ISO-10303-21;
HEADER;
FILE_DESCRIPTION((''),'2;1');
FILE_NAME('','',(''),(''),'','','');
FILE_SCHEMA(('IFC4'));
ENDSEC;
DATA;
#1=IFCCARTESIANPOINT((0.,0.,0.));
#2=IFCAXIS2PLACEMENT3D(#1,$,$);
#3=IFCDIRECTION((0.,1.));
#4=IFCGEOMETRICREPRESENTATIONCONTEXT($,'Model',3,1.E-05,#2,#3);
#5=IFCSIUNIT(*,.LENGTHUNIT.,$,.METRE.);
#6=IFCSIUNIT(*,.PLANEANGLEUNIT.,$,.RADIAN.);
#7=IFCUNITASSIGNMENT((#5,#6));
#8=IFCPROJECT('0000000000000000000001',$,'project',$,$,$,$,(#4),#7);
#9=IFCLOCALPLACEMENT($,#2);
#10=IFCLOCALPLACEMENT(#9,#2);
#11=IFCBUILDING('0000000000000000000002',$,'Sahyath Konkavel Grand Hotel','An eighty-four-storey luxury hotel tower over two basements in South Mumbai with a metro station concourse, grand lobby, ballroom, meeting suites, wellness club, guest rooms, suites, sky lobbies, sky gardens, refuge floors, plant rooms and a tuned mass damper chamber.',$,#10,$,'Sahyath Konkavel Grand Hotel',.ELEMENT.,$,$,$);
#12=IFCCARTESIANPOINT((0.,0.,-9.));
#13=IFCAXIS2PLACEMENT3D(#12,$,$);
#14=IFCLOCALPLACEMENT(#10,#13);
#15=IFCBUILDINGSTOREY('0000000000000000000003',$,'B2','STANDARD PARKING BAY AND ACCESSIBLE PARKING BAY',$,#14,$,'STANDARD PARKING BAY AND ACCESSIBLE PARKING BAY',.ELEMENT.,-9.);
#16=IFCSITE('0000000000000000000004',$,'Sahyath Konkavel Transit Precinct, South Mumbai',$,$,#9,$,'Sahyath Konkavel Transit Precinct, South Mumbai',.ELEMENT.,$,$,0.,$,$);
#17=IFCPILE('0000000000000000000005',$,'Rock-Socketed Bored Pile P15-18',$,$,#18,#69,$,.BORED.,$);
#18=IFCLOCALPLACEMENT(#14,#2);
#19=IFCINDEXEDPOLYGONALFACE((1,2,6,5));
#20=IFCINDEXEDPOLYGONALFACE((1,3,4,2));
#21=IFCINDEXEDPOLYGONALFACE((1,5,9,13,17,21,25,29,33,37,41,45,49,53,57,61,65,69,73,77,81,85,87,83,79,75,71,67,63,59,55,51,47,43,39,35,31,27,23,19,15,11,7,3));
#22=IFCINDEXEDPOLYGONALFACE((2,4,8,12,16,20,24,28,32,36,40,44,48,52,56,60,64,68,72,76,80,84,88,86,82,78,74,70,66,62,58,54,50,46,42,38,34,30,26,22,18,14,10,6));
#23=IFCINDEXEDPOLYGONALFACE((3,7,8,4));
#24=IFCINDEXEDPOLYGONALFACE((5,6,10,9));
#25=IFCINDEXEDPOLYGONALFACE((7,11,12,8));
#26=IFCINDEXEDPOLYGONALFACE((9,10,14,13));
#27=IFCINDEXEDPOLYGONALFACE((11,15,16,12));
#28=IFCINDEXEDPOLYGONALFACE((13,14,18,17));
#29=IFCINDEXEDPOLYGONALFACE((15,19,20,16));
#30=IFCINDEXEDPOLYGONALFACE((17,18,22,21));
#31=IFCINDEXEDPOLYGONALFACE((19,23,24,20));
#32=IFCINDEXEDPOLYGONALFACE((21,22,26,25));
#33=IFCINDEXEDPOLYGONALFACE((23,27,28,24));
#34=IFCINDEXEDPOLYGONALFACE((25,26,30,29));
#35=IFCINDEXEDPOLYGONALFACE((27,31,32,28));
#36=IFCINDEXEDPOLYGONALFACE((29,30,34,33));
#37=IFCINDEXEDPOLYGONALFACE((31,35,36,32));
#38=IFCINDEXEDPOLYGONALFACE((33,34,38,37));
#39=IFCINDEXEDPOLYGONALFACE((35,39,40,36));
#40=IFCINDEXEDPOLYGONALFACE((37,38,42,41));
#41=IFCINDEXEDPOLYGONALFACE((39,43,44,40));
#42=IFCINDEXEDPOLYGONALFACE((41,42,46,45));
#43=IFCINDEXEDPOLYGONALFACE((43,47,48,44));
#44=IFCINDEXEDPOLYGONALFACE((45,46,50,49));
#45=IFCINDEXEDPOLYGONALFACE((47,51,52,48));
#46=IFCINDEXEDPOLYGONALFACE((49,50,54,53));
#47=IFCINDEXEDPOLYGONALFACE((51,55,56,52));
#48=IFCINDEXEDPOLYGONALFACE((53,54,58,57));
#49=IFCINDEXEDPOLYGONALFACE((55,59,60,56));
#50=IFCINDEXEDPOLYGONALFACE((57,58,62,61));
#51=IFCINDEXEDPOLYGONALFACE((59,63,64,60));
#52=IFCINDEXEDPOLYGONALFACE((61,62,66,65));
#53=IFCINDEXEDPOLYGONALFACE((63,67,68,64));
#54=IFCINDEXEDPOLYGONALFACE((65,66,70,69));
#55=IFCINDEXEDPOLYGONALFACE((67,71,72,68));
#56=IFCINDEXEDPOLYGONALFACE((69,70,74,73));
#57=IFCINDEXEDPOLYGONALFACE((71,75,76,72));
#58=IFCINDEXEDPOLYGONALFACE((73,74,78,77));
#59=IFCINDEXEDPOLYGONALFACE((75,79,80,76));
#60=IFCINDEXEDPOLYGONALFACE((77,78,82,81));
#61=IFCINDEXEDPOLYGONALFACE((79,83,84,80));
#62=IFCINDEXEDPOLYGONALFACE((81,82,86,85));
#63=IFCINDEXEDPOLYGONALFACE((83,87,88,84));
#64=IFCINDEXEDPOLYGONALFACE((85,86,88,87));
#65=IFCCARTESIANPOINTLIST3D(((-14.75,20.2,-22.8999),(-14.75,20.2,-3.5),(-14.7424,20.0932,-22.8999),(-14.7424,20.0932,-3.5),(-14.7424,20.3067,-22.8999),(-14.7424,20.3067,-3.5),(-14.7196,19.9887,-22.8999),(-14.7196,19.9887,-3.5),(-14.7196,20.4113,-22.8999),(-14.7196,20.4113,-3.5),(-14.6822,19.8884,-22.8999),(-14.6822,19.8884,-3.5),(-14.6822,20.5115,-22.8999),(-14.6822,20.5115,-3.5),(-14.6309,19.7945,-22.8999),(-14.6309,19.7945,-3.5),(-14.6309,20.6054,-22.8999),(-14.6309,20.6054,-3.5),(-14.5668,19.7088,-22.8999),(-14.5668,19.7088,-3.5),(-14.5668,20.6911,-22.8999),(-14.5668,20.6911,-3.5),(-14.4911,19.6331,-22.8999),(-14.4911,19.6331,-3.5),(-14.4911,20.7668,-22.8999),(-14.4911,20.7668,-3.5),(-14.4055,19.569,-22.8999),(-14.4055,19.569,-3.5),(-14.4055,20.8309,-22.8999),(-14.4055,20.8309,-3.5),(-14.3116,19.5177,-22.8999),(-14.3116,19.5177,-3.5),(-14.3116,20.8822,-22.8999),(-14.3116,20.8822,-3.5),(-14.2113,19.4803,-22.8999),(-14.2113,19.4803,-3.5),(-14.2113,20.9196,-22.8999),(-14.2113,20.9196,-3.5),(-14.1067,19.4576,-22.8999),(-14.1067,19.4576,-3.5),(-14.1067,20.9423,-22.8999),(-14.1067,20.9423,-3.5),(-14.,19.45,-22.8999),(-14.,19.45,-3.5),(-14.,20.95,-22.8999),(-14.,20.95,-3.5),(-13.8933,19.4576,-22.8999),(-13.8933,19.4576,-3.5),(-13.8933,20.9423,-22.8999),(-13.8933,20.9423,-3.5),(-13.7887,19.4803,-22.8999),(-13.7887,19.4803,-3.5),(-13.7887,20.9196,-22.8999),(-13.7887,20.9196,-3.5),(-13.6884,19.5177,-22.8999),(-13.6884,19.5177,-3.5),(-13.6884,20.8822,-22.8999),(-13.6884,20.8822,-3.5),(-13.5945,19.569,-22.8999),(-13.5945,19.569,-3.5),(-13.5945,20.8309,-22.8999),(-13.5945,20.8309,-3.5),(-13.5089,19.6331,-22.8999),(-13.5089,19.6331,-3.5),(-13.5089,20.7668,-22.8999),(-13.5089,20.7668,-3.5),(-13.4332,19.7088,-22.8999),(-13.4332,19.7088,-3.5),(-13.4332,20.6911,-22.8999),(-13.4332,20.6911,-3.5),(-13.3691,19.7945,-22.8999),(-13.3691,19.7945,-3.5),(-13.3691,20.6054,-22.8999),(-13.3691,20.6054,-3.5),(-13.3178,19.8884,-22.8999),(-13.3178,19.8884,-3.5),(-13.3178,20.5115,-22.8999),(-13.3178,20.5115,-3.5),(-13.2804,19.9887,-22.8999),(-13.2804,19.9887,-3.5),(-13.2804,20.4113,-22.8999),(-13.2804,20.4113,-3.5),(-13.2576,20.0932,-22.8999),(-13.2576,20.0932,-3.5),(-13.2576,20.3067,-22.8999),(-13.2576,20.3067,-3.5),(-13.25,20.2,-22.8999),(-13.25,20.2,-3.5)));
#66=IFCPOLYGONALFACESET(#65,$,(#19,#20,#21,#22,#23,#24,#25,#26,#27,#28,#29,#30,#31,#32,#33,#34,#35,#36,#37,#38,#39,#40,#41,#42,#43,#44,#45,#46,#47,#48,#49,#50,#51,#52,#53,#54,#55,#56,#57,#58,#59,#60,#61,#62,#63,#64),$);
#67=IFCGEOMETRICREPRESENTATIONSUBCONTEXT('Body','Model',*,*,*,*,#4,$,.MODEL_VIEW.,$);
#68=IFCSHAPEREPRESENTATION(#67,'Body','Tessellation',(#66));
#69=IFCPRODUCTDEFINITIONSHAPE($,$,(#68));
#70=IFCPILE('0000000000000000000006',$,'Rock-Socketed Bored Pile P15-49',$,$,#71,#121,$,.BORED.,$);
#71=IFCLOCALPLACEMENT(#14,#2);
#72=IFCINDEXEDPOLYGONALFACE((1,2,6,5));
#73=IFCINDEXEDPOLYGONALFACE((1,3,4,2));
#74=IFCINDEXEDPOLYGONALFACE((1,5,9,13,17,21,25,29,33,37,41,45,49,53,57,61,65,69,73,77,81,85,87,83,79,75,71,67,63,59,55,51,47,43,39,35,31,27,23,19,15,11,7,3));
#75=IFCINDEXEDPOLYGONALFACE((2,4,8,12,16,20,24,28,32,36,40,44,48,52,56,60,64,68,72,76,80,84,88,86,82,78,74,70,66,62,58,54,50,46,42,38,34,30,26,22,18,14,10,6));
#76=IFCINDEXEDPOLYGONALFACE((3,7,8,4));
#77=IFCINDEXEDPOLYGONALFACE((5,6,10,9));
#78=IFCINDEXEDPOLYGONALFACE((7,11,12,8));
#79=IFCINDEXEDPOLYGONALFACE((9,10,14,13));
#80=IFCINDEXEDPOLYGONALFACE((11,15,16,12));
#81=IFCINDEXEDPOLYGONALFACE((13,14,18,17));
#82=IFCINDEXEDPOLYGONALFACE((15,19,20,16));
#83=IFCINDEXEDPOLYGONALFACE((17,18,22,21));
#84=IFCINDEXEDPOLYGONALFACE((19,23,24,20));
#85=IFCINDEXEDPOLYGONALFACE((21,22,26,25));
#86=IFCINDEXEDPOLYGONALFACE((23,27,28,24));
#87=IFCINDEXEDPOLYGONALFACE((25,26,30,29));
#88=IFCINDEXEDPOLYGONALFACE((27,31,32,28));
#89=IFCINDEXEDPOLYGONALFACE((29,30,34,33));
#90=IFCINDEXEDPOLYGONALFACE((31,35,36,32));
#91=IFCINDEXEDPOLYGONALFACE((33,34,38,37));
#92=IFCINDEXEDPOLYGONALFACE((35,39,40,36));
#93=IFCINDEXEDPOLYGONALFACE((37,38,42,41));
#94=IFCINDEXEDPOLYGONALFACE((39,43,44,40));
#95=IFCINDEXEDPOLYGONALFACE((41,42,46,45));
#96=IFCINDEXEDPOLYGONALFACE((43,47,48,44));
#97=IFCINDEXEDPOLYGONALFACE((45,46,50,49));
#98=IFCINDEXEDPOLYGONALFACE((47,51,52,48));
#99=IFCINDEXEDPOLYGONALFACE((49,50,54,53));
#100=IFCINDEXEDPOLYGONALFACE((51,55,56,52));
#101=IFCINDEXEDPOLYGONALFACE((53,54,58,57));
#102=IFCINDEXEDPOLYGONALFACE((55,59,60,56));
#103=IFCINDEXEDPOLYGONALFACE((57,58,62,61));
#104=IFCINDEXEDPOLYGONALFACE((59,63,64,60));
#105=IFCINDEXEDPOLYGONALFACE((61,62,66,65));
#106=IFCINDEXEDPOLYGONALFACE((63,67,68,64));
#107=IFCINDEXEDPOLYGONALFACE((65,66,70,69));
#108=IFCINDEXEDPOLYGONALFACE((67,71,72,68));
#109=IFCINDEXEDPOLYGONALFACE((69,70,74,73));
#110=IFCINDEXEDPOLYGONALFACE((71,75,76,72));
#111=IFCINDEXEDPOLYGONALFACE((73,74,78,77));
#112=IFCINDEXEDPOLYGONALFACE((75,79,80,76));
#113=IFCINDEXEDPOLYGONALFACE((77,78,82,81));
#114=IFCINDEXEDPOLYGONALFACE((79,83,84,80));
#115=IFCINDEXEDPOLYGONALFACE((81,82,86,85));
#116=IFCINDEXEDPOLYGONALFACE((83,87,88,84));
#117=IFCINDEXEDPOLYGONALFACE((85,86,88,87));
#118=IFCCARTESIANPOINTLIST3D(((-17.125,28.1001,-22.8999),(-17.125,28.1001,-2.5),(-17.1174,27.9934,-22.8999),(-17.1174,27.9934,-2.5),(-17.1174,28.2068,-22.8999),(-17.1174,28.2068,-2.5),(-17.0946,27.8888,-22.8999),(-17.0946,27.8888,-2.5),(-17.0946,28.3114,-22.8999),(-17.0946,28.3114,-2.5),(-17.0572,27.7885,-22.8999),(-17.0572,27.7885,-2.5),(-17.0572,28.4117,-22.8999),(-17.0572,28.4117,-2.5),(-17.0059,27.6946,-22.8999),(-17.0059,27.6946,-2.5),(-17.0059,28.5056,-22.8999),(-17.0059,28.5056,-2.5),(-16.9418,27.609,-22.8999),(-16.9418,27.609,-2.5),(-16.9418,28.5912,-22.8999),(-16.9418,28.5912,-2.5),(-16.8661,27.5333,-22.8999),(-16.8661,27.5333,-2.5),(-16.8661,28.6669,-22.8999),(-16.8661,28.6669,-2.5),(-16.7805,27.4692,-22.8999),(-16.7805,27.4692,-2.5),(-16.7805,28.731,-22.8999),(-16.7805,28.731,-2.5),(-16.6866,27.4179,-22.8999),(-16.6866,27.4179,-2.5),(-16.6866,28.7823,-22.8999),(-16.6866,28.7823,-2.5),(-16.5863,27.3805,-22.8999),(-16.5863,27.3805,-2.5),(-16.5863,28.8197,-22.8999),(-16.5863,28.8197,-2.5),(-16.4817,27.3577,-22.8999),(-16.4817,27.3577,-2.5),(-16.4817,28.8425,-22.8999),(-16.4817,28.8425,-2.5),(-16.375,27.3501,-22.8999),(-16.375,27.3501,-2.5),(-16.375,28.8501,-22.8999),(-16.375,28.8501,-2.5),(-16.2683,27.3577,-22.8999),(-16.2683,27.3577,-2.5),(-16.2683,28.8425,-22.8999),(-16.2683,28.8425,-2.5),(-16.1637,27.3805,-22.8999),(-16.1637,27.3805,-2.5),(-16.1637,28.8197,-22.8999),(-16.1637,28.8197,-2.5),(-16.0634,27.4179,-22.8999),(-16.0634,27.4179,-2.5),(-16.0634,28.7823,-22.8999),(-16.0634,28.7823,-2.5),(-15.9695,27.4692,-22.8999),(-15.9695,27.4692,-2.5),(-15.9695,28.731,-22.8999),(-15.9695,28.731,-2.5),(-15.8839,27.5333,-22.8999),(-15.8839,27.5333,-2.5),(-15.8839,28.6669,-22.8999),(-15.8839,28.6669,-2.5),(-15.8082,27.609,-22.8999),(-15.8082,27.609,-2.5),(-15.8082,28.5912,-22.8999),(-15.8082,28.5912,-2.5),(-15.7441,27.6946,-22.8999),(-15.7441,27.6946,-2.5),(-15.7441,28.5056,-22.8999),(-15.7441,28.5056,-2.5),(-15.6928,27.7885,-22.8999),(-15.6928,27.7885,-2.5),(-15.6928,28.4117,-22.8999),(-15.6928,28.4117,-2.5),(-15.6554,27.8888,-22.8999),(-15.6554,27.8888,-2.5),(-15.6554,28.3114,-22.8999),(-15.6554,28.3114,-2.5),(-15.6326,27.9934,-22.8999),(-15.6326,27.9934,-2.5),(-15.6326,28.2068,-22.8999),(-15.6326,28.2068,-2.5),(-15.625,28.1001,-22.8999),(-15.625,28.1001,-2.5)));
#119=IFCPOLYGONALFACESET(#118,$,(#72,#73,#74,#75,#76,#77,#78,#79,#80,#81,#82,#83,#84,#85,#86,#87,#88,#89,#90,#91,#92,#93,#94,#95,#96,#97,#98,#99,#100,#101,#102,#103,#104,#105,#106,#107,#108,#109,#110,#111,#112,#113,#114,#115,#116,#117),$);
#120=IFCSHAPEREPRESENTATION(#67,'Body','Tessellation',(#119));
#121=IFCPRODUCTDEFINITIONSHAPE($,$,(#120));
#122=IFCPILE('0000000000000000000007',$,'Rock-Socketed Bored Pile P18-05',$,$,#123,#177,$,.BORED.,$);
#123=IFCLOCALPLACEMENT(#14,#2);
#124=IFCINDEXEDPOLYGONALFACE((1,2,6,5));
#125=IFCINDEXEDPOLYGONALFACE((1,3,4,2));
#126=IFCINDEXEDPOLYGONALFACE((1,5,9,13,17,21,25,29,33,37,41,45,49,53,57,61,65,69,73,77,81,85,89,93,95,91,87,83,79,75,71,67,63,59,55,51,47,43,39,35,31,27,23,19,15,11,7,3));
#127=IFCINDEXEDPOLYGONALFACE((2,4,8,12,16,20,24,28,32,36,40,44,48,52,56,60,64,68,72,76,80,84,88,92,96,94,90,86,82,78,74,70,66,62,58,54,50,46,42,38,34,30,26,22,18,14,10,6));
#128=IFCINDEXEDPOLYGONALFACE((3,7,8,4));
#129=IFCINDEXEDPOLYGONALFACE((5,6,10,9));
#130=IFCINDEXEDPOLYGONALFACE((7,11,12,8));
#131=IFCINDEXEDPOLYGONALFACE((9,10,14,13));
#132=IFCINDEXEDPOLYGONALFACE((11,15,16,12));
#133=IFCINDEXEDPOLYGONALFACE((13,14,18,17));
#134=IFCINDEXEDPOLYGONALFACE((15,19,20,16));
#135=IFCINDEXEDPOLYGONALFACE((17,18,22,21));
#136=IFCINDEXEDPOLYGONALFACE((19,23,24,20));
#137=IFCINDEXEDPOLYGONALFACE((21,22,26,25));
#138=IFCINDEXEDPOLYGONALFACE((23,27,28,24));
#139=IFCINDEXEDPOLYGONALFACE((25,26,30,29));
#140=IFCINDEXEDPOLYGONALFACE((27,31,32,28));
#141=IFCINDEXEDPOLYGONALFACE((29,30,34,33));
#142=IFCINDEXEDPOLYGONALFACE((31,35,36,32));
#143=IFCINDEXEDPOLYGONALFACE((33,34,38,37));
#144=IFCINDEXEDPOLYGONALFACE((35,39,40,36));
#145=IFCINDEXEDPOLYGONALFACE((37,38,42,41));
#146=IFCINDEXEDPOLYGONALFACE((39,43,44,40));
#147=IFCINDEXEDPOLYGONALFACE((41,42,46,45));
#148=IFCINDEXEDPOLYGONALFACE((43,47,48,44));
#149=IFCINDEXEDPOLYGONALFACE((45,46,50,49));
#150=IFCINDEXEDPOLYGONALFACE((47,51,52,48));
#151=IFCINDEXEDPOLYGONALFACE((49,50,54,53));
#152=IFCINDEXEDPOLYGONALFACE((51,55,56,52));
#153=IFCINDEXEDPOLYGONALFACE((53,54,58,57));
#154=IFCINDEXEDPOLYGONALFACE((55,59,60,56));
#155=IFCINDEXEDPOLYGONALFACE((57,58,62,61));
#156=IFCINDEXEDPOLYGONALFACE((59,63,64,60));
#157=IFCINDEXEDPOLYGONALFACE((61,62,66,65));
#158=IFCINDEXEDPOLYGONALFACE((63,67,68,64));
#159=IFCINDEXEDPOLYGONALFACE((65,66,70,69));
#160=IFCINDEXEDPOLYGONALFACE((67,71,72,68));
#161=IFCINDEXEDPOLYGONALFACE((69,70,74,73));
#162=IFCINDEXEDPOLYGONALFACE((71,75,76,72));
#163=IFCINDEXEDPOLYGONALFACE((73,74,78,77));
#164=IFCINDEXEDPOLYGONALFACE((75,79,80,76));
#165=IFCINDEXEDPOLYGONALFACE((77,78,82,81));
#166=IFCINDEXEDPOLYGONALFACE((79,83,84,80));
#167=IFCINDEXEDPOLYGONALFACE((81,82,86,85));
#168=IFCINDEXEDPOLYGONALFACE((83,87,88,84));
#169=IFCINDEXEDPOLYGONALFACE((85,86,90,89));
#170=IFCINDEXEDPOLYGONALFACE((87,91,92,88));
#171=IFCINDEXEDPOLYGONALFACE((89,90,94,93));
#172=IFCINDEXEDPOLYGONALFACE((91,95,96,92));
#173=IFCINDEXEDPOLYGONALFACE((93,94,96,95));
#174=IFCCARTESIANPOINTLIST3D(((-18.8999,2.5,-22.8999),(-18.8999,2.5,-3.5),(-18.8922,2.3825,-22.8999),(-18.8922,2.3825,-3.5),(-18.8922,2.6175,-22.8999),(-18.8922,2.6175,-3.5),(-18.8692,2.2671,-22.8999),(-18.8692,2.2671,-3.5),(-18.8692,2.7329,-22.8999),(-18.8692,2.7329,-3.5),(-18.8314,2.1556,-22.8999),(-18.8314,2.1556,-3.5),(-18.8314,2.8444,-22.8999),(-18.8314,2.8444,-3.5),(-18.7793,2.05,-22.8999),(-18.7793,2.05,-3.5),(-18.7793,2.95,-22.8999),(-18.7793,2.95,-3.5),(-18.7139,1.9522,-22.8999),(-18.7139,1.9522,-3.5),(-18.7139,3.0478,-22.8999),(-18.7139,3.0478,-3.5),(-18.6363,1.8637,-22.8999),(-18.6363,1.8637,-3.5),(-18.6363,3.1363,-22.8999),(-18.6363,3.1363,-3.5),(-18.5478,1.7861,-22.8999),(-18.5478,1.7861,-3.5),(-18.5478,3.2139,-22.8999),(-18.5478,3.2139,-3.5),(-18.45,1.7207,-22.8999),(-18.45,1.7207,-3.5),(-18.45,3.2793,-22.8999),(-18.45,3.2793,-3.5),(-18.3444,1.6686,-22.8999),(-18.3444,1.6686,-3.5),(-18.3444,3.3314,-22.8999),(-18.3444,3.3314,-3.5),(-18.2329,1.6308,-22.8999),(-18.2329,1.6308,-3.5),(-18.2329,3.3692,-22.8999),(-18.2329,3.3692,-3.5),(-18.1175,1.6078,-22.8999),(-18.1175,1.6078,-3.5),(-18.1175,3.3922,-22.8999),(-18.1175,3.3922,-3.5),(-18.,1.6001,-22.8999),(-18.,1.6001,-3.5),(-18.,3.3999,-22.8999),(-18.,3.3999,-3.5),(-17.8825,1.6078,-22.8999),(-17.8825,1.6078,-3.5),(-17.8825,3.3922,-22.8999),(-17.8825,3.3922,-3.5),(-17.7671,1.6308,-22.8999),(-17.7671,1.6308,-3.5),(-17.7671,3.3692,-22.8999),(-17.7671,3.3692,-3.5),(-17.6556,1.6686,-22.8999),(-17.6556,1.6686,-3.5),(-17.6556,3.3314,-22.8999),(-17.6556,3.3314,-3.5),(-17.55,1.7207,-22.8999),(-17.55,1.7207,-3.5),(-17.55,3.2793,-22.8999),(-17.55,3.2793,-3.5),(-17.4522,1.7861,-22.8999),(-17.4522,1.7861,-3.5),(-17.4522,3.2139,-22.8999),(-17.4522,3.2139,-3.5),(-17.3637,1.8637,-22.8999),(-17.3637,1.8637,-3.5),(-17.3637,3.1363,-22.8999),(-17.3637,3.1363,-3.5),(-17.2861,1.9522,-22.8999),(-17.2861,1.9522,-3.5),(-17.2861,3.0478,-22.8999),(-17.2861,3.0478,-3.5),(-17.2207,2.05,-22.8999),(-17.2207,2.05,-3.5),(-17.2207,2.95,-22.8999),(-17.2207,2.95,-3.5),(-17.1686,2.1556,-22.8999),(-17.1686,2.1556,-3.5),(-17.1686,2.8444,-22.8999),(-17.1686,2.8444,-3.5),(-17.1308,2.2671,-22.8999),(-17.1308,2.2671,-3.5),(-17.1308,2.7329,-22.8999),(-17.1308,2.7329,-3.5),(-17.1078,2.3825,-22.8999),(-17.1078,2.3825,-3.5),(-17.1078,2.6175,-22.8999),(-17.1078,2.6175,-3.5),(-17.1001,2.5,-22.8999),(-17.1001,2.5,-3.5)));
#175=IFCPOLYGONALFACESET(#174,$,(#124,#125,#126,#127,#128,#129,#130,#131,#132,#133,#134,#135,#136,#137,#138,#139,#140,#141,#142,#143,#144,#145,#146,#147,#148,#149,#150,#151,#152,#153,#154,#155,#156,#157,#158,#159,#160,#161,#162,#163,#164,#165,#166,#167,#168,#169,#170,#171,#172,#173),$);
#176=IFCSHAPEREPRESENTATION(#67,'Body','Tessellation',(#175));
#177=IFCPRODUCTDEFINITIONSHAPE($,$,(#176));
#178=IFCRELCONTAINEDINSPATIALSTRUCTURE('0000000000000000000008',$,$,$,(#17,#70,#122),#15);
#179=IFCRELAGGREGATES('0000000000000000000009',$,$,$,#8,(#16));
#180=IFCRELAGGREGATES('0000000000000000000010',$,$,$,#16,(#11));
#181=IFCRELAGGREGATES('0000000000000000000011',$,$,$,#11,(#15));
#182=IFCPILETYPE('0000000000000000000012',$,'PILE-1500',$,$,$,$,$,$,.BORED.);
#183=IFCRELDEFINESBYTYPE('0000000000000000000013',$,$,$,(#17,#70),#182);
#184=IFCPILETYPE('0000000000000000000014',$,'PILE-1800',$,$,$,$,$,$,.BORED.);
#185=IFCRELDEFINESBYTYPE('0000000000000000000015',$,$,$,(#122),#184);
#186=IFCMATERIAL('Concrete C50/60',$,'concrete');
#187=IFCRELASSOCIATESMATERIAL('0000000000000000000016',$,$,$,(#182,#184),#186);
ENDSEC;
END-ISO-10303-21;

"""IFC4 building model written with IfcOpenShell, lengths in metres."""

from ifc_helpers import new_model, si_unit, direction, frame, origin, origin_2d, place, context, subcontext, project, spatial, circle, extrude, material, material_profile, profile_set, type_object, element, save


model = new_model("IFC4")

# Units and contexts
model_context = context("Model", 3, precision=1e-05, world=origin(), true_north=direction((0.0, 1.0)))
body_context = subcontext(model_context, "Body", "Model", "MODEL_VIEW")
ifc_project = project(units=[si_unit("LENGTHUNIT", "METRE"), si_unit("PLANEANGLEUNIT", "RADIAN")], contexts=[model_context])

# Site, building, storey
site_placement = place(None, origin())
site = spatial("IfcSite", under=ifc_project, at=site_placement, Name="Sahyath Konkavel Transit Precinct, South Mumbai", LongName="Sahyath Konkavel Transit Precinct, South Mumbai", CompositionType="ELEMENT", RefElevation=0.0)
building_placement = place(site_placement, origin())
building = spatial("IfcBuilding", under=site, at=building_placement, Name="Sahyath Konkavel Grand Hotel", Description="An eighty-four-storey luxury hotel tower over two basements in South Mumbai with a metro station concourse, grand lobby, ballroom, meeting suites, wellness club, guest rooms, suites, sky lobbies, sky gardens, refuge floors, plant rooms and a tuned mass damper chamber.", LongName="Sahyath Konkavel Grand Hotel", CompositionType="ELEMENT")
storey_placement = place(building_placement, frame((0.0, 0.0, -9.0)))
storey = spatial("IfcBuildingStorey", under=building, at=storey_placement, Name="B2", Description="STANDARD PARKING BAY AND ACCESSIBLE PARKING BAY", LongName="STANDARD PARKING BAY AND ACCESSIBLE PARKING BAY", CompositionType="ELEMENT", Elevation=-9.0)

# Piles
ifc_material_1 = material(Name="Concrete C50/60", Category="concrete")
ifc_material_profile_1 = material_profile(ifc_material_1, circle(Radius=0.75, at=origin_2d()), Name="PILE D1500")
ifc_profile_set_1 = profile_set([ifc_material_profile_1], Name="Concrete C50/60")
pile_type_1 = type_object("IfcPileType", Name="PILE-1500", PredefinedType="BORED", material=ifc_profile_set_1)
pile_1_placement = place(storey_placement, frame((-14.0, 20.2, -3.5), z_axis=(0.0, 0.0, -1.0), x_axis=(1.0, 0.0, 0.0)))
element("IfcPile", 1, at=pile_1_placement, inside=storey, type_object=pile_type_1, Name="Rock-Socketed Bored Pile P15-18", PredefinedType="BORED", context=body_context, shape_type="SweptSolid", body=[
    extrude(circle(Radius=0.75, at=origin_2d()), origin(), (0.0, 0.0, 1.0), 19.3999),
])
pile_2_placement = place(storey_placement, frame((-16.375, 28.1001, -2.5), z_axis=(0.0, 0.0, -1.0), x_axis=(1.0, 0.0, 0.0)))
element("IfcPile", 2, at=pile_2_placement, inside=storey, type_object=pile_type_1, Name="Rock-Socketed Bored Pile P15-49", PredefinedType="BORED", context=body_context, shape_type="SweptSolid", body=[
    extrude(circle(Radius=0.75, at=origin_2d()), origin(), (0.0, 0.0, 1.0), 20.3999),
])
ifc_material_profile_2 = material_profile(ifc_material_1, circle(Radius=0.8999, at=origin_2d()), Name="PILE D1800")
ifc_profile_set_2 = profile_set([ifc_material_profile_2], Name="Concrete C50/60")
pile_type_2 = type_object("IfcPileType", Name="PILE-1800", PredefinedType="BORED", material=ifc_profile_set_2)
for number, where, z_axis, x_axis, name in (
    (3, (-18.0, 2.5, -3.5), (0.0, 0.0, -1.0), (1.0, 0.0, 0.0), "Rock-Socketed Bored Pile P18-05"),
):
    element("IfcPile", number, at=place(storey_placement, frame(where, z_axis=z_axis, x_axis=x_axis)), inside=storey, type_object=pile_type_2, Name=name, PredefinedType="BORED", context=body_context, shape_type="SweptSolid", body=[
        extrude(circle(Radius=0.8999, at=origin_2d()), origin(), (0.0, 0.0, 1.0), 19.3999),
    ])

save(model, "model.ifc")
